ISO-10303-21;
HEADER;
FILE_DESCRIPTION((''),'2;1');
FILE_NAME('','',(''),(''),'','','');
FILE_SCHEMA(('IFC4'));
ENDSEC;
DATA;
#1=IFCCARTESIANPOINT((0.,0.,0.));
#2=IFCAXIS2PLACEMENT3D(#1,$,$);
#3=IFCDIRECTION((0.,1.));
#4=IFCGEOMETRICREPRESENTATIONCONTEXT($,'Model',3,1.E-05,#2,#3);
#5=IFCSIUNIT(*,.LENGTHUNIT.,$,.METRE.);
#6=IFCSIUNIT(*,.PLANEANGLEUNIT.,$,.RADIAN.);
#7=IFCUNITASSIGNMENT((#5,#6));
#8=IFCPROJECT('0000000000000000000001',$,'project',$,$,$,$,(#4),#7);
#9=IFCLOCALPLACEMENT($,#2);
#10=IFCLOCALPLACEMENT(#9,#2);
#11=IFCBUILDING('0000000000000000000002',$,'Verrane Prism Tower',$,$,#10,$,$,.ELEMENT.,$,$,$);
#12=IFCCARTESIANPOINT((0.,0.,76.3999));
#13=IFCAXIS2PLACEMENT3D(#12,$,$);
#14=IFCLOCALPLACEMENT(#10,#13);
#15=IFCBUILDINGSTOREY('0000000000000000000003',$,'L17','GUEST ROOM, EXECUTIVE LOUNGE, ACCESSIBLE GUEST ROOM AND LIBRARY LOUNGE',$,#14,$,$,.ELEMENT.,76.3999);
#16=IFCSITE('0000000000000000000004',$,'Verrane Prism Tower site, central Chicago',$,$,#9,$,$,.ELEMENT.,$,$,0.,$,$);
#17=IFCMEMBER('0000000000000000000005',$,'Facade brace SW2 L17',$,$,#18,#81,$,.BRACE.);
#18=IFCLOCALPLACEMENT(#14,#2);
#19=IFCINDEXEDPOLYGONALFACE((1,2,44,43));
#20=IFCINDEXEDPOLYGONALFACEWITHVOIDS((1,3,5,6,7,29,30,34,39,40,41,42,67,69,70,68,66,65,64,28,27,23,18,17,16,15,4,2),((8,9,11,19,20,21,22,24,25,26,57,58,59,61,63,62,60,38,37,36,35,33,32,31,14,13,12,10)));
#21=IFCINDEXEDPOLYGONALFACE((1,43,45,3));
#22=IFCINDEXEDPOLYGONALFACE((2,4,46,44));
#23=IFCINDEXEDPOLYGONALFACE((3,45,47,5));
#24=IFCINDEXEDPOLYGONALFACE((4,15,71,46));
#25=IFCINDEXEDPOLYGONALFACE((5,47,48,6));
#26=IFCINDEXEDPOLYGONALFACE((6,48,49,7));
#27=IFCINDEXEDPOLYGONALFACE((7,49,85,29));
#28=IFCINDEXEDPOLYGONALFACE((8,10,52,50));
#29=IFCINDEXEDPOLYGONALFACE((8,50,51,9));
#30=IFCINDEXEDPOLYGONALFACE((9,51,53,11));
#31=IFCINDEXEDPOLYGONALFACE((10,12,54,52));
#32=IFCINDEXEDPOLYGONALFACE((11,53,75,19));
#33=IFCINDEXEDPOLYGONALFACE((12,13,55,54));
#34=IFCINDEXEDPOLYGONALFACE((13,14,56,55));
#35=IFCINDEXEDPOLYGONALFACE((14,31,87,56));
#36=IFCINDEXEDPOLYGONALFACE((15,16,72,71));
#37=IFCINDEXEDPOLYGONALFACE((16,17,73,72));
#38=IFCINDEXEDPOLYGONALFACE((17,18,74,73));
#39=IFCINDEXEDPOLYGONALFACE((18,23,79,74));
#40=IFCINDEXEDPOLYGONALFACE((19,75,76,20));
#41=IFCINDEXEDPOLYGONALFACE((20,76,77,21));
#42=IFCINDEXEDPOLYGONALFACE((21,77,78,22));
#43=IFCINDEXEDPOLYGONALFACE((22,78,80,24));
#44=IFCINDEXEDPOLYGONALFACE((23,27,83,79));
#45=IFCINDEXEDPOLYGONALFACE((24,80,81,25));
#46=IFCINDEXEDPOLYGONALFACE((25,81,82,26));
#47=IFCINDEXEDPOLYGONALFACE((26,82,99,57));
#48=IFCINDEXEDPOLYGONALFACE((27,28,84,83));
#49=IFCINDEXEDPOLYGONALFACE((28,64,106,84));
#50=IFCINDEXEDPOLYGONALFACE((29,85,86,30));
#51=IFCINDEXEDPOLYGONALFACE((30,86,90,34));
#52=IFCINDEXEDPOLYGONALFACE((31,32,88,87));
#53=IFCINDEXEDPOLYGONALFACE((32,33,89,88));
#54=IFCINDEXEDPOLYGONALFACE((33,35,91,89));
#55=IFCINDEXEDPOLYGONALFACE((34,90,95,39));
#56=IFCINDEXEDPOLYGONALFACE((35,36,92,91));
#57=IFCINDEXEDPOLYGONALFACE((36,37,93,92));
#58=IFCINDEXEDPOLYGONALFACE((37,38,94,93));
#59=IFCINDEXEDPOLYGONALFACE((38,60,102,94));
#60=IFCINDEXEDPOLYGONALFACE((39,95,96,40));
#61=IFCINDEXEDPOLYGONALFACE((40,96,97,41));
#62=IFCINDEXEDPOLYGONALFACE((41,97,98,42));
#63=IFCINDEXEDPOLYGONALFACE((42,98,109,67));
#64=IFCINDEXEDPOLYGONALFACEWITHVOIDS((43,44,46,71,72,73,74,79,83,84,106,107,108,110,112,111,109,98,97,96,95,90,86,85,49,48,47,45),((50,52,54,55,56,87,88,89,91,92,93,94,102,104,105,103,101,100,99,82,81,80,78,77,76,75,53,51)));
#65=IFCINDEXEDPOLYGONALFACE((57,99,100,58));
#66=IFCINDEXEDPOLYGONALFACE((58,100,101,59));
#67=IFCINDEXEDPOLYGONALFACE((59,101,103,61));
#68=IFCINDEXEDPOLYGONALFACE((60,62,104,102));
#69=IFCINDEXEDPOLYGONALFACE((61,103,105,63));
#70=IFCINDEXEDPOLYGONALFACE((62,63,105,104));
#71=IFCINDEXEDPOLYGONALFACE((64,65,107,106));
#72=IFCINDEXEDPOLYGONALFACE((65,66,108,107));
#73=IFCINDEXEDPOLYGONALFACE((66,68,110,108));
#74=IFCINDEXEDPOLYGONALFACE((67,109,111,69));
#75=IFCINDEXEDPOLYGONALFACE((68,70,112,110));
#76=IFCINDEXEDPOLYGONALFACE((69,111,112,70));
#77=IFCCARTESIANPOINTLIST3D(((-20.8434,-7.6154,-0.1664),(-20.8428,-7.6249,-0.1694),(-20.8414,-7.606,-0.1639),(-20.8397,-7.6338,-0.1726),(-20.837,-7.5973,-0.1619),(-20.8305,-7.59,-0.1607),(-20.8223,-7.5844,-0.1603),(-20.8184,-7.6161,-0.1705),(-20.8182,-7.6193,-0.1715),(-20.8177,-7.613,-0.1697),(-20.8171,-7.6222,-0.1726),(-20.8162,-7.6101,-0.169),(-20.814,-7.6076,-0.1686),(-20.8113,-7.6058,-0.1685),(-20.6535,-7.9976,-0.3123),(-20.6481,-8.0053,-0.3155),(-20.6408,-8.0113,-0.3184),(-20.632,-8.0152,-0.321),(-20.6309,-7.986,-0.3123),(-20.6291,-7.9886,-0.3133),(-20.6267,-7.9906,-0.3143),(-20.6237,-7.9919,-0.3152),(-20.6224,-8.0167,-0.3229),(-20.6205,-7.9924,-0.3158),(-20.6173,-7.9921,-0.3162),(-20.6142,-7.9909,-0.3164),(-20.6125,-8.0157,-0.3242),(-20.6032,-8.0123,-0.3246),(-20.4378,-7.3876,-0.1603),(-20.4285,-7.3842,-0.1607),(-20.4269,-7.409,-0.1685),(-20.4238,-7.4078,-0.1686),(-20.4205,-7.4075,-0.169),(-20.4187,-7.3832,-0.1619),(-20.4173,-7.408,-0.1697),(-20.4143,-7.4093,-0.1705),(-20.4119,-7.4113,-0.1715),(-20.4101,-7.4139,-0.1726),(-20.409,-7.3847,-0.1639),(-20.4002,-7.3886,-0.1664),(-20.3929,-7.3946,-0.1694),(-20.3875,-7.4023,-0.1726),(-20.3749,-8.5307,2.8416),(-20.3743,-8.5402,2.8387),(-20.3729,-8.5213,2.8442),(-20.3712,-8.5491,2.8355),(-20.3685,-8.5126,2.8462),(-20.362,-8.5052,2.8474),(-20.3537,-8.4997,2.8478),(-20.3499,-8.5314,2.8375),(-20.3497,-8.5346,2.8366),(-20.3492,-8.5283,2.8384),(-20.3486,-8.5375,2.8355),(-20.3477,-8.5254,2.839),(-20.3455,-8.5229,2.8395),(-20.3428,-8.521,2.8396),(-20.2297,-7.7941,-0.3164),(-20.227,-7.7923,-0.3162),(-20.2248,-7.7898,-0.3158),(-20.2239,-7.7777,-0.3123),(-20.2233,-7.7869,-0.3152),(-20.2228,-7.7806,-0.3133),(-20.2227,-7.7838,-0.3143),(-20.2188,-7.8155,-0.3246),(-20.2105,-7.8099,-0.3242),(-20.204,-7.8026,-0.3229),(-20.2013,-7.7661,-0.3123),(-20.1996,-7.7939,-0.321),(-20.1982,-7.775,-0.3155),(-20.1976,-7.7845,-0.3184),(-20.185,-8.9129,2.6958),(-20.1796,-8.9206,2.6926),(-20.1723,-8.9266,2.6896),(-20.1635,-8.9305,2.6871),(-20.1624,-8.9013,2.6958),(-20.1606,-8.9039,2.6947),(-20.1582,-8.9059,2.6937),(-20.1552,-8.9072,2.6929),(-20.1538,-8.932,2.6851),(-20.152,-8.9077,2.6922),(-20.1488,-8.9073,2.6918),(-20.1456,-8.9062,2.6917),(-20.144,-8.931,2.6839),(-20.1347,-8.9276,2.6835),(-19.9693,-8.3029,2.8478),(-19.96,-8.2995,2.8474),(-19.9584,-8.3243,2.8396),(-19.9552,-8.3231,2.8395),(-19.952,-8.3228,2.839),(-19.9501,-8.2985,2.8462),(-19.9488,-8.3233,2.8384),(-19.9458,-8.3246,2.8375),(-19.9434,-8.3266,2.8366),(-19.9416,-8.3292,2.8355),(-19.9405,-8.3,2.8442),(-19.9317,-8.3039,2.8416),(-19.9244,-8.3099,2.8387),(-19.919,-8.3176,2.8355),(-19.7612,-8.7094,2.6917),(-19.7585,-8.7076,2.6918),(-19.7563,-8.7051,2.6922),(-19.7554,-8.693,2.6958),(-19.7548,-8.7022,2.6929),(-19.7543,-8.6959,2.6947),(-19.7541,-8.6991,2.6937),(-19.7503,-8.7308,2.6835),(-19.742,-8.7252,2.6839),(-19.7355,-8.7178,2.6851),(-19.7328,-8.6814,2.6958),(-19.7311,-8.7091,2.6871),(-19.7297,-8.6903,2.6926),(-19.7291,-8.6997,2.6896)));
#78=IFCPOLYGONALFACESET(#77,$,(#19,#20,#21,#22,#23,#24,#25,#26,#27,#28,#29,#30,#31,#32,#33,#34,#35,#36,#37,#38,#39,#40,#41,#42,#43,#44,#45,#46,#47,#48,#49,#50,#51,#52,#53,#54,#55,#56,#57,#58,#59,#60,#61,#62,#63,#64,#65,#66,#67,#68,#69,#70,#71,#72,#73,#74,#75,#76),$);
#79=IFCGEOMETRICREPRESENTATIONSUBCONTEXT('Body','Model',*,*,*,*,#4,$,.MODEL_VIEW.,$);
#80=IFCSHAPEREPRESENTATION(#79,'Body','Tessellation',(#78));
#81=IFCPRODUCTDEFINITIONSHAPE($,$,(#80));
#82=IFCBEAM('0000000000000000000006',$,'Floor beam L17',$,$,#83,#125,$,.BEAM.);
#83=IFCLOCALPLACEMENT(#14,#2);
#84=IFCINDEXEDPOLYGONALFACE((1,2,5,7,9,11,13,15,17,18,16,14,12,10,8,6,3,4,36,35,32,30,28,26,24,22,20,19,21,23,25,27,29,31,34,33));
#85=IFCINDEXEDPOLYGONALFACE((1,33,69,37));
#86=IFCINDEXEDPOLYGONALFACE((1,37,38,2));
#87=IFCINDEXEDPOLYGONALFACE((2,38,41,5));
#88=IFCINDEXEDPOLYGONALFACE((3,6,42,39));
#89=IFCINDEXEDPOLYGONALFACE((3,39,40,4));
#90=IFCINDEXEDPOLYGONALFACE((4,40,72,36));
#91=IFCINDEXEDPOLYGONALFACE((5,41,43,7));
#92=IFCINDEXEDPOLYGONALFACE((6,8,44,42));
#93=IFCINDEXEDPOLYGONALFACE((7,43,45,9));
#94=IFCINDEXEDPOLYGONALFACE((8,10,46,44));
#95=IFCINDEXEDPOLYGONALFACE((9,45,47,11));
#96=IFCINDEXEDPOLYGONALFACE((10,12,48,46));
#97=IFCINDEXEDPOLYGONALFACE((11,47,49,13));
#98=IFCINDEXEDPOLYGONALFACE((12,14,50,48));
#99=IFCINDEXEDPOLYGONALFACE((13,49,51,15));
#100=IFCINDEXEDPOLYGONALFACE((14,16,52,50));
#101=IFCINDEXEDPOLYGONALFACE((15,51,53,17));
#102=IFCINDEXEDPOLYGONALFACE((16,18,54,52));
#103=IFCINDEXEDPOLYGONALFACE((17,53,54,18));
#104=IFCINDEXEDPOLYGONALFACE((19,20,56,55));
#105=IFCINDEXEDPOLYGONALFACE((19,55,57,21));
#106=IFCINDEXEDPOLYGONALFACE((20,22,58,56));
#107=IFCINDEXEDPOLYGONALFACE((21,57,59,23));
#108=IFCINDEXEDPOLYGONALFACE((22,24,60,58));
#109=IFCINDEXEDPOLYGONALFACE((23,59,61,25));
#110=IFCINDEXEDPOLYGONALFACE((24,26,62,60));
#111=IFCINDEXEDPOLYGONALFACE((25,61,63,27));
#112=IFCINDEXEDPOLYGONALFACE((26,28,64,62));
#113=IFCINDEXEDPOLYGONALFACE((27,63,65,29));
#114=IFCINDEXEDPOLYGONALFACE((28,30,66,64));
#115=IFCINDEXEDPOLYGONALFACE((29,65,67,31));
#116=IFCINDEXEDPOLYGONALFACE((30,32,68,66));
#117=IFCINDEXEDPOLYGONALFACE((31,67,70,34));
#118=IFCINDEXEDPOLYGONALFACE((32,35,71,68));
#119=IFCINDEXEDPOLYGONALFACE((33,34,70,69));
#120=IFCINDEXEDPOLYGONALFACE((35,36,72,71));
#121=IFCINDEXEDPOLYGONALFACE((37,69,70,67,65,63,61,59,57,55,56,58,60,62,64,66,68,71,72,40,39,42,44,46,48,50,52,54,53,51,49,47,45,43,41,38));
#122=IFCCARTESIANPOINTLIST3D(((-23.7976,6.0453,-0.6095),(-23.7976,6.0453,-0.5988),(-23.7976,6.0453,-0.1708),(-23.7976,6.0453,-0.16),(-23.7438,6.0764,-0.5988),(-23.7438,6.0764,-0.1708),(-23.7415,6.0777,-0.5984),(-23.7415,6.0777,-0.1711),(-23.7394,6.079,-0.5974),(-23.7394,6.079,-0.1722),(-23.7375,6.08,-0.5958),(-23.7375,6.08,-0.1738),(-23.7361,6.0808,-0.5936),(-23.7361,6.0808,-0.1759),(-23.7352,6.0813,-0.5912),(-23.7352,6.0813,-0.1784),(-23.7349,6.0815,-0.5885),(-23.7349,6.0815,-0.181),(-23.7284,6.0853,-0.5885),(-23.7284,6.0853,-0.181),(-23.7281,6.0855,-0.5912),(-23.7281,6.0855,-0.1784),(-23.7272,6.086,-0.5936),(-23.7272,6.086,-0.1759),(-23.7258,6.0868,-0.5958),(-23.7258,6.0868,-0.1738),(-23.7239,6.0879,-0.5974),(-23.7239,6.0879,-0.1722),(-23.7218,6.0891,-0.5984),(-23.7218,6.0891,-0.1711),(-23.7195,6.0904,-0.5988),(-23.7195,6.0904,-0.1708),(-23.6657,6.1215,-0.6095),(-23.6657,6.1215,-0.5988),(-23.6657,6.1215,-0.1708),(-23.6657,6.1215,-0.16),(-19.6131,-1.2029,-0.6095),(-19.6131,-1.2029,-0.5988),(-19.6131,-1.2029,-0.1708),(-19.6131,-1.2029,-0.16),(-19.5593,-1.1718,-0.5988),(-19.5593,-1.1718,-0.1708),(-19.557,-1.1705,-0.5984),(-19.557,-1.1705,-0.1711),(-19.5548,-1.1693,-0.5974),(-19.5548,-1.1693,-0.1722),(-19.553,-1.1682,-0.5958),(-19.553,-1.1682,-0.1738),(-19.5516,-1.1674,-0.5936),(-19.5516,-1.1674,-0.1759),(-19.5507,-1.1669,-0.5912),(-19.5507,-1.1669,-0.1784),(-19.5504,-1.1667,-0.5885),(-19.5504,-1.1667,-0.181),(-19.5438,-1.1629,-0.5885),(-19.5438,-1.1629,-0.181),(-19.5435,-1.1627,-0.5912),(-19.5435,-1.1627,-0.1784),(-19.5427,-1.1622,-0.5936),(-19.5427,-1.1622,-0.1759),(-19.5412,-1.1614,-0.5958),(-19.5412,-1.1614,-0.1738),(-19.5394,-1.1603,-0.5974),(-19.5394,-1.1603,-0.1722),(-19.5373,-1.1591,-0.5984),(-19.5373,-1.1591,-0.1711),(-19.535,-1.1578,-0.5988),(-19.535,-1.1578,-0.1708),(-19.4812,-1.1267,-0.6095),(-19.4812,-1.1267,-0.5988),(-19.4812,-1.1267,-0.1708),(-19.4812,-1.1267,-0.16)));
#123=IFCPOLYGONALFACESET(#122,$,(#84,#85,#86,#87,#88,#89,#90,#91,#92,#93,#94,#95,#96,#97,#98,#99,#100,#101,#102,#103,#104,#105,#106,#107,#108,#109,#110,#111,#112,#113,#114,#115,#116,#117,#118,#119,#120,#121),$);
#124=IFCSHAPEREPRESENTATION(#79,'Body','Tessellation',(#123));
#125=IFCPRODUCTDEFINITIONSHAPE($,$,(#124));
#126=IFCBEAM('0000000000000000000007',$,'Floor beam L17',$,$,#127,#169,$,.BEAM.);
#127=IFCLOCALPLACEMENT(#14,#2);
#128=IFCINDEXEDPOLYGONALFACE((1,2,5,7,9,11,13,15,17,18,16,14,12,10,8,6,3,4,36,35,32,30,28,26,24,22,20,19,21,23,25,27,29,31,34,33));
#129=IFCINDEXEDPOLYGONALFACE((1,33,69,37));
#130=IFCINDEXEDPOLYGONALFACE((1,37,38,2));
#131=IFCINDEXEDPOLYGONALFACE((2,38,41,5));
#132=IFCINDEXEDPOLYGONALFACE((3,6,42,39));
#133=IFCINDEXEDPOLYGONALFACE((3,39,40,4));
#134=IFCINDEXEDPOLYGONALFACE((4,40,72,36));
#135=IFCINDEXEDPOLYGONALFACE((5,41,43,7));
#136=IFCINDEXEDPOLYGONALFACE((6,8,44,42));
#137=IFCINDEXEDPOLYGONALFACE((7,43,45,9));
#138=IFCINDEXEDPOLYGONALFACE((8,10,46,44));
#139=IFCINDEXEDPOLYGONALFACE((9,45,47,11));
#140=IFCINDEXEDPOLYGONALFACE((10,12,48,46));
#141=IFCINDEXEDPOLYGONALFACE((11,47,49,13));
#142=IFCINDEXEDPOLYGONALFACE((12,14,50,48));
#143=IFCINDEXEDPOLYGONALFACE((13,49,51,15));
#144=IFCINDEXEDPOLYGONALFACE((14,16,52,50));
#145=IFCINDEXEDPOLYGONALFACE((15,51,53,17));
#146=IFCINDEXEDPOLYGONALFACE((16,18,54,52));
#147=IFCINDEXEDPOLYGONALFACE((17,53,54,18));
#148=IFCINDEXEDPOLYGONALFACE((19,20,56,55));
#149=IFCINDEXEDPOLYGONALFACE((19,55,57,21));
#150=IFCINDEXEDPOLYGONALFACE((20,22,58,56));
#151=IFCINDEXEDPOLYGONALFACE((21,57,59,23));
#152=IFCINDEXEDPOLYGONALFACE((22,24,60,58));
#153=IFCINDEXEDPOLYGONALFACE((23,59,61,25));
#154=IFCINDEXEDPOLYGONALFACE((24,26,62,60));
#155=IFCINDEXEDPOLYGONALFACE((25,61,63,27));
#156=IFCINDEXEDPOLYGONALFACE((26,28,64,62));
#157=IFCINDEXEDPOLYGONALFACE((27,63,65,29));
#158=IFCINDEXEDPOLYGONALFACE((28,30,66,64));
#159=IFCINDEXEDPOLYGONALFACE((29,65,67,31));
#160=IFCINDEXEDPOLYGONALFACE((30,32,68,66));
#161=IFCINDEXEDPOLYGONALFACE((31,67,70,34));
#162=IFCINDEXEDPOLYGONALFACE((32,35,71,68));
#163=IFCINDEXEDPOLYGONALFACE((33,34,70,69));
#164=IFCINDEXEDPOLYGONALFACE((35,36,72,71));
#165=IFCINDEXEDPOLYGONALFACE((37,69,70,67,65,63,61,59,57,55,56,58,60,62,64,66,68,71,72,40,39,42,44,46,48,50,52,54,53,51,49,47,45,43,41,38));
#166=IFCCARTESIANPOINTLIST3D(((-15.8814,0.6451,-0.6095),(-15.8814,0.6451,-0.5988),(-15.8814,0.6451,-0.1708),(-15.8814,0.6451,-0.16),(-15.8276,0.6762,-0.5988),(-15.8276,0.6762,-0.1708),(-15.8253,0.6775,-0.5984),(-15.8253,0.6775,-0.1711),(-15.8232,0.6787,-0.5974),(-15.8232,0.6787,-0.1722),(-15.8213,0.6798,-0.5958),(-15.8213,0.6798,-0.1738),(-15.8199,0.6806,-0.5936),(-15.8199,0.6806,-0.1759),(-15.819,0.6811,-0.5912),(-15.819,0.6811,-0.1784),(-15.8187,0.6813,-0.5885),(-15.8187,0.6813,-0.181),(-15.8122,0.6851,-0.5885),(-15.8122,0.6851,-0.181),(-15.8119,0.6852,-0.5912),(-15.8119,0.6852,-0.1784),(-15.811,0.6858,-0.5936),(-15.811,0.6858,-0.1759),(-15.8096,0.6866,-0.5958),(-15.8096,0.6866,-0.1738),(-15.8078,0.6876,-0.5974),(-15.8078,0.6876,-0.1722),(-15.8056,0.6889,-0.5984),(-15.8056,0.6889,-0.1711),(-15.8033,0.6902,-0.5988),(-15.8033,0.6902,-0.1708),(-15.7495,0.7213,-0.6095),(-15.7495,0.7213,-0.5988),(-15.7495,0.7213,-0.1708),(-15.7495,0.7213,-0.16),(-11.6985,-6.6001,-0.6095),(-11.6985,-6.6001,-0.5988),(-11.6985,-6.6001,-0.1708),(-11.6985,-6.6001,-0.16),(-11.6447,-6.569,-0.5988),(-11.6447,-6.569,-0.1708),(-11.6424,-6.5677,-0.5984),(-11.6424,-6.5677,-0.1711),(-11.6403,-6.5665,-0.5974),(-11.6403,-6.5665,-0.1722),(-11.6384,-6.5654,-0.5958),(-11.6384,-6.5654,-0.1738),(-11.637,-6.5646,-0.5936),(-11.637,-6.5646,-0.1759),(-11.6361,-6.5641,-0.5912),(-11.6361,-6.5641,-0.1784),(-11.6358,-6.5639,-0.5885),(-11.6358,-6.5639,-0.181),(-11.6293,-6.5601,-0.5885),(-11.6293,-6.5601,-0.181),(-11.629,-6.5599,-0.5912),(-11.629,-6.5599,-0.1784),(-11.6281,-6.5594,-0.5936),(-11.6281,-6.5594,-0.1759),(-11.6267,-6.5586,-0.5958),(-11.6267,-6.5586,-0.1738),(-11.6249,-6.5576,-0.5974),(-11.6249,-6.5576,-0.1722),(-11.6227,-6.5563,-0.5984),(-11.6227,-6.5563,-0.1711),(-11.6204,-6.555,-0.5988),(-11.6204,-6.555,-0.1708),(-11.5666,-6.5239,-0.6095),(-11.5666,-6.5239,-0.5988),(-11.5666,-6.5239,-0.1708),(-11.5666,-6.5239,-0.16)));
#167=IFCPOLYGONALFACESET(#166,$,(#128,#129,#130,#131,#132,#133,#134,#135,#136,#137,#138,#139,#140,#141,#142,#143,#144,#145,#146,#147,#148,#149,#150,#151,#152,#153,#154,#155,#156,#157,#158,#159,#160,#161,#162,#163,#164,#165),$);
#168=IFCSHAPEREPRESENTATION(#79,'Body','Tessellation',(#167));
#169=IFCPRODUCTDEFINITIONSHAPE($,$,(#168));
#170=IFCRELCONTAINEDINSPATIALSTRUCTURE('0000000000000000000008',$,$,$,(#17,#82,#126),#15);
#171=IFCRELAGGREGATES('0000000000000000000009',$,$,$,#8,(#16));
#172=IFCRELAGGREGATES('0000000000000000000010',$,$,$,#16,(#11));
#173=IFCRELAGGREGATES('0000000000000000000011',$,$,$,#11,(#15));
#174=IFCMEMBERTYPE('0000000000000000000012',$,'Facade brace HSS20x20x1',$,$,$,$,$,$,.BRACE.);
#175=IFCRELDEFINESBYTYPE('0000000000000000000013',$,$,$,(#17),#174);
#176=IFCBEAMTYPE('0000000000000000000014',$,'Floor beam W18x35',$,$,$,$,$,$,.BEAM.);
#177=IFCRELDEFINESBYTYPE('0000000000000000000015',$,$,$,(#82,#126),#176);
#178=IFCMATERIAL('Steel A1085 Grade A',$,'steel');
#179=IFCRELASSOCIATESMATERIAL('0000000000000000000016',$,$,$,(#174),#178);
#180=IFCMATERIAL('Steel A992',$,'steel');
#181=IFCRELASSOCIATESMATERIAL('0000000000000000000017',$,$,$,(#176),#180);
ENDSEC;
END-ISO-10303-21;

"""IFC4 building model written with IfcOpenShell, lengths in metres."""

from ifc_helpers import new_model, si_unit, direction, frame, origin, origin_2d, place, context, subcontext, project, spatial, hollow_rectangle, i_section, extrude, material, material_profile, profile_set, type_object, element, save


model = new_model("IFC4")

# Units and contexts
model_context = context("Model", 3, precision=1e-05, world=origin(), true_north=direction((0.0, 1.0)))
body_context = subcontext(model_context, "Body", "Model", "MODEL_VIEW")
ifc_project = project(units=[si_unit("LENGTHUNIT", "METRE"), si_unit("PLANEANGLEUNIT", "RADIAN")], contexts=[model_context])

# Site, building, storey
site_placement = place(None, origin())
site = spatial("IfcSite", under=ifc_project, at=site_placement, Name="Verrane Prism Tower site, central Chicago", CompositionType="ELEMENT", RefElevation=0.0)
building_placement = place(site_placement, origin())
building = spatial("IfcBuilding", under=site, at=building_placement, Name="Verrane Prism Tower", CompositionType="ELEMENT")
storey_placement = place(building_placement, frame((0.0, 0.0, 76.3999)))
storey = spatial("IfcBuildingStorey", under=building, at=storey_placement, Name="L17", Description="GUEST ROOM, EXECUTIVE LOUNGE, ACCESSIBLE GUEST ROOM AND LIBRARY LOUNGE", CompositionType="ELEMENT", Elevation=76.3999)

# Member
ifc_material_1 = material(Name="Steel A1085 Grade A", Category="steel")
ifc_material_profile_1 = material_profile(ifc_material_1, hollow_rectangle(XDim=0.5081, YDim=0.5081, WallThickness=0.0254, InnerFilletRadius=0.0127, OuterFilletRadius=0.0381, at=origin_2d()), Name="HSS20x20x1")
ifc_profile_set_1 = profile_set([ifc_material_profile_1], Name="Steel A1085 Grade A")
member_type_1 = type_object("IfcMemberType", Name="Facade brace HSS20x20x1", PredefinedType="BRACE", material=ifc_profile_set_1)
member_1_placement = place(storey_placement, frame((-20.5205, -7.7, -0.2424), z_axis=(0.147378, -0.287921, 0.946246), x_axis=(0.890161, 0.455646, 0.0)))
element("IfcMember", 1, at=member_1_placement, inside=storey, type_object=member_type_1, Name="Facade brace SW2 L17", PredefinedType="BRACE", context=body_context, shape_type="SweptSolid", body=[
    extrude(hollow_rectangle(XDim=0.5081, YDim=0.5081, WallThickness=0.0254, InnerFilletRadius=0.0127, OuterFilletRadius=0.0381, at=origin_2d()), origin(), (0.0, 0.0, 1.0), 3.179),
])

# Beams
ifc_material_2 = material(Name="Steel A992", Category="steel")
ifc_material_profile_2 = material_profile(ifc_material_2, i_section(OverallWidth=0.1523, OverallDepth=0.4495, WebThickness=0.0076, FlangeThickness=0.0107, FilletRadius=0.0103, at=origin_2d()), Name="W18x35")
ifc_profile_set_2 = profile_set([ifc_material_profile_2], Name="Steel A992")
beam_type_1 = type_object("IfcBeamType", Name="Floor beam W18x35", PredefinedType="BEAM", material=ifc_profile_set_2)
beam_1_placement = place(storey_placement, frame((-19.5471, -1.1648, -0.3848), z_axis=(-0.499979, 0.866037, 0.0), x_axis=(-0.866037, -0.499979, 0.0)))
element("IfcBeam", 2, at=beam_1_placement, inside=storey, type_object=beam_type_1, Name="Floor beam L17", PredefinedType="BEAM", context=body_context, shape_type="SweptSolid", body=[
    extrude(i_section(OverallWidth=0.1523, OverallDepth=0.4495, WebThickness=0.0076, FlangeThickness=0.0107, FilletRadius=0.0103, at=origin_2d()), origin(), (0.0, 0.0, 1.0), 8.3694),
])
beam_2_placement = place(storey_placement, frame((-11.6326, -6.562, -0.3848), z_axis=(-0.49999, 0.866031, 0.0), x_axis=(-0.866031, -0.49999, 0.0)))
element("IfcBeam", 3, at=beam_2_placement, inside=storey, type_object=beam_type_1, Name="Floor beam L17", PredefinedType="BEAM", context=body_context, shape_type="SweptSolid", body=[
    extrude(i_section(OverallWidth=0.1523, OverallDepth=0.4495, WebThickness=0.0076, FlangeThickness=0.0107, FilletRadius=0.0103, at=origin_2d()), origin(), (0.0, 0.0, 1.0), 8.366),
])

save(model, "model.ifc")
